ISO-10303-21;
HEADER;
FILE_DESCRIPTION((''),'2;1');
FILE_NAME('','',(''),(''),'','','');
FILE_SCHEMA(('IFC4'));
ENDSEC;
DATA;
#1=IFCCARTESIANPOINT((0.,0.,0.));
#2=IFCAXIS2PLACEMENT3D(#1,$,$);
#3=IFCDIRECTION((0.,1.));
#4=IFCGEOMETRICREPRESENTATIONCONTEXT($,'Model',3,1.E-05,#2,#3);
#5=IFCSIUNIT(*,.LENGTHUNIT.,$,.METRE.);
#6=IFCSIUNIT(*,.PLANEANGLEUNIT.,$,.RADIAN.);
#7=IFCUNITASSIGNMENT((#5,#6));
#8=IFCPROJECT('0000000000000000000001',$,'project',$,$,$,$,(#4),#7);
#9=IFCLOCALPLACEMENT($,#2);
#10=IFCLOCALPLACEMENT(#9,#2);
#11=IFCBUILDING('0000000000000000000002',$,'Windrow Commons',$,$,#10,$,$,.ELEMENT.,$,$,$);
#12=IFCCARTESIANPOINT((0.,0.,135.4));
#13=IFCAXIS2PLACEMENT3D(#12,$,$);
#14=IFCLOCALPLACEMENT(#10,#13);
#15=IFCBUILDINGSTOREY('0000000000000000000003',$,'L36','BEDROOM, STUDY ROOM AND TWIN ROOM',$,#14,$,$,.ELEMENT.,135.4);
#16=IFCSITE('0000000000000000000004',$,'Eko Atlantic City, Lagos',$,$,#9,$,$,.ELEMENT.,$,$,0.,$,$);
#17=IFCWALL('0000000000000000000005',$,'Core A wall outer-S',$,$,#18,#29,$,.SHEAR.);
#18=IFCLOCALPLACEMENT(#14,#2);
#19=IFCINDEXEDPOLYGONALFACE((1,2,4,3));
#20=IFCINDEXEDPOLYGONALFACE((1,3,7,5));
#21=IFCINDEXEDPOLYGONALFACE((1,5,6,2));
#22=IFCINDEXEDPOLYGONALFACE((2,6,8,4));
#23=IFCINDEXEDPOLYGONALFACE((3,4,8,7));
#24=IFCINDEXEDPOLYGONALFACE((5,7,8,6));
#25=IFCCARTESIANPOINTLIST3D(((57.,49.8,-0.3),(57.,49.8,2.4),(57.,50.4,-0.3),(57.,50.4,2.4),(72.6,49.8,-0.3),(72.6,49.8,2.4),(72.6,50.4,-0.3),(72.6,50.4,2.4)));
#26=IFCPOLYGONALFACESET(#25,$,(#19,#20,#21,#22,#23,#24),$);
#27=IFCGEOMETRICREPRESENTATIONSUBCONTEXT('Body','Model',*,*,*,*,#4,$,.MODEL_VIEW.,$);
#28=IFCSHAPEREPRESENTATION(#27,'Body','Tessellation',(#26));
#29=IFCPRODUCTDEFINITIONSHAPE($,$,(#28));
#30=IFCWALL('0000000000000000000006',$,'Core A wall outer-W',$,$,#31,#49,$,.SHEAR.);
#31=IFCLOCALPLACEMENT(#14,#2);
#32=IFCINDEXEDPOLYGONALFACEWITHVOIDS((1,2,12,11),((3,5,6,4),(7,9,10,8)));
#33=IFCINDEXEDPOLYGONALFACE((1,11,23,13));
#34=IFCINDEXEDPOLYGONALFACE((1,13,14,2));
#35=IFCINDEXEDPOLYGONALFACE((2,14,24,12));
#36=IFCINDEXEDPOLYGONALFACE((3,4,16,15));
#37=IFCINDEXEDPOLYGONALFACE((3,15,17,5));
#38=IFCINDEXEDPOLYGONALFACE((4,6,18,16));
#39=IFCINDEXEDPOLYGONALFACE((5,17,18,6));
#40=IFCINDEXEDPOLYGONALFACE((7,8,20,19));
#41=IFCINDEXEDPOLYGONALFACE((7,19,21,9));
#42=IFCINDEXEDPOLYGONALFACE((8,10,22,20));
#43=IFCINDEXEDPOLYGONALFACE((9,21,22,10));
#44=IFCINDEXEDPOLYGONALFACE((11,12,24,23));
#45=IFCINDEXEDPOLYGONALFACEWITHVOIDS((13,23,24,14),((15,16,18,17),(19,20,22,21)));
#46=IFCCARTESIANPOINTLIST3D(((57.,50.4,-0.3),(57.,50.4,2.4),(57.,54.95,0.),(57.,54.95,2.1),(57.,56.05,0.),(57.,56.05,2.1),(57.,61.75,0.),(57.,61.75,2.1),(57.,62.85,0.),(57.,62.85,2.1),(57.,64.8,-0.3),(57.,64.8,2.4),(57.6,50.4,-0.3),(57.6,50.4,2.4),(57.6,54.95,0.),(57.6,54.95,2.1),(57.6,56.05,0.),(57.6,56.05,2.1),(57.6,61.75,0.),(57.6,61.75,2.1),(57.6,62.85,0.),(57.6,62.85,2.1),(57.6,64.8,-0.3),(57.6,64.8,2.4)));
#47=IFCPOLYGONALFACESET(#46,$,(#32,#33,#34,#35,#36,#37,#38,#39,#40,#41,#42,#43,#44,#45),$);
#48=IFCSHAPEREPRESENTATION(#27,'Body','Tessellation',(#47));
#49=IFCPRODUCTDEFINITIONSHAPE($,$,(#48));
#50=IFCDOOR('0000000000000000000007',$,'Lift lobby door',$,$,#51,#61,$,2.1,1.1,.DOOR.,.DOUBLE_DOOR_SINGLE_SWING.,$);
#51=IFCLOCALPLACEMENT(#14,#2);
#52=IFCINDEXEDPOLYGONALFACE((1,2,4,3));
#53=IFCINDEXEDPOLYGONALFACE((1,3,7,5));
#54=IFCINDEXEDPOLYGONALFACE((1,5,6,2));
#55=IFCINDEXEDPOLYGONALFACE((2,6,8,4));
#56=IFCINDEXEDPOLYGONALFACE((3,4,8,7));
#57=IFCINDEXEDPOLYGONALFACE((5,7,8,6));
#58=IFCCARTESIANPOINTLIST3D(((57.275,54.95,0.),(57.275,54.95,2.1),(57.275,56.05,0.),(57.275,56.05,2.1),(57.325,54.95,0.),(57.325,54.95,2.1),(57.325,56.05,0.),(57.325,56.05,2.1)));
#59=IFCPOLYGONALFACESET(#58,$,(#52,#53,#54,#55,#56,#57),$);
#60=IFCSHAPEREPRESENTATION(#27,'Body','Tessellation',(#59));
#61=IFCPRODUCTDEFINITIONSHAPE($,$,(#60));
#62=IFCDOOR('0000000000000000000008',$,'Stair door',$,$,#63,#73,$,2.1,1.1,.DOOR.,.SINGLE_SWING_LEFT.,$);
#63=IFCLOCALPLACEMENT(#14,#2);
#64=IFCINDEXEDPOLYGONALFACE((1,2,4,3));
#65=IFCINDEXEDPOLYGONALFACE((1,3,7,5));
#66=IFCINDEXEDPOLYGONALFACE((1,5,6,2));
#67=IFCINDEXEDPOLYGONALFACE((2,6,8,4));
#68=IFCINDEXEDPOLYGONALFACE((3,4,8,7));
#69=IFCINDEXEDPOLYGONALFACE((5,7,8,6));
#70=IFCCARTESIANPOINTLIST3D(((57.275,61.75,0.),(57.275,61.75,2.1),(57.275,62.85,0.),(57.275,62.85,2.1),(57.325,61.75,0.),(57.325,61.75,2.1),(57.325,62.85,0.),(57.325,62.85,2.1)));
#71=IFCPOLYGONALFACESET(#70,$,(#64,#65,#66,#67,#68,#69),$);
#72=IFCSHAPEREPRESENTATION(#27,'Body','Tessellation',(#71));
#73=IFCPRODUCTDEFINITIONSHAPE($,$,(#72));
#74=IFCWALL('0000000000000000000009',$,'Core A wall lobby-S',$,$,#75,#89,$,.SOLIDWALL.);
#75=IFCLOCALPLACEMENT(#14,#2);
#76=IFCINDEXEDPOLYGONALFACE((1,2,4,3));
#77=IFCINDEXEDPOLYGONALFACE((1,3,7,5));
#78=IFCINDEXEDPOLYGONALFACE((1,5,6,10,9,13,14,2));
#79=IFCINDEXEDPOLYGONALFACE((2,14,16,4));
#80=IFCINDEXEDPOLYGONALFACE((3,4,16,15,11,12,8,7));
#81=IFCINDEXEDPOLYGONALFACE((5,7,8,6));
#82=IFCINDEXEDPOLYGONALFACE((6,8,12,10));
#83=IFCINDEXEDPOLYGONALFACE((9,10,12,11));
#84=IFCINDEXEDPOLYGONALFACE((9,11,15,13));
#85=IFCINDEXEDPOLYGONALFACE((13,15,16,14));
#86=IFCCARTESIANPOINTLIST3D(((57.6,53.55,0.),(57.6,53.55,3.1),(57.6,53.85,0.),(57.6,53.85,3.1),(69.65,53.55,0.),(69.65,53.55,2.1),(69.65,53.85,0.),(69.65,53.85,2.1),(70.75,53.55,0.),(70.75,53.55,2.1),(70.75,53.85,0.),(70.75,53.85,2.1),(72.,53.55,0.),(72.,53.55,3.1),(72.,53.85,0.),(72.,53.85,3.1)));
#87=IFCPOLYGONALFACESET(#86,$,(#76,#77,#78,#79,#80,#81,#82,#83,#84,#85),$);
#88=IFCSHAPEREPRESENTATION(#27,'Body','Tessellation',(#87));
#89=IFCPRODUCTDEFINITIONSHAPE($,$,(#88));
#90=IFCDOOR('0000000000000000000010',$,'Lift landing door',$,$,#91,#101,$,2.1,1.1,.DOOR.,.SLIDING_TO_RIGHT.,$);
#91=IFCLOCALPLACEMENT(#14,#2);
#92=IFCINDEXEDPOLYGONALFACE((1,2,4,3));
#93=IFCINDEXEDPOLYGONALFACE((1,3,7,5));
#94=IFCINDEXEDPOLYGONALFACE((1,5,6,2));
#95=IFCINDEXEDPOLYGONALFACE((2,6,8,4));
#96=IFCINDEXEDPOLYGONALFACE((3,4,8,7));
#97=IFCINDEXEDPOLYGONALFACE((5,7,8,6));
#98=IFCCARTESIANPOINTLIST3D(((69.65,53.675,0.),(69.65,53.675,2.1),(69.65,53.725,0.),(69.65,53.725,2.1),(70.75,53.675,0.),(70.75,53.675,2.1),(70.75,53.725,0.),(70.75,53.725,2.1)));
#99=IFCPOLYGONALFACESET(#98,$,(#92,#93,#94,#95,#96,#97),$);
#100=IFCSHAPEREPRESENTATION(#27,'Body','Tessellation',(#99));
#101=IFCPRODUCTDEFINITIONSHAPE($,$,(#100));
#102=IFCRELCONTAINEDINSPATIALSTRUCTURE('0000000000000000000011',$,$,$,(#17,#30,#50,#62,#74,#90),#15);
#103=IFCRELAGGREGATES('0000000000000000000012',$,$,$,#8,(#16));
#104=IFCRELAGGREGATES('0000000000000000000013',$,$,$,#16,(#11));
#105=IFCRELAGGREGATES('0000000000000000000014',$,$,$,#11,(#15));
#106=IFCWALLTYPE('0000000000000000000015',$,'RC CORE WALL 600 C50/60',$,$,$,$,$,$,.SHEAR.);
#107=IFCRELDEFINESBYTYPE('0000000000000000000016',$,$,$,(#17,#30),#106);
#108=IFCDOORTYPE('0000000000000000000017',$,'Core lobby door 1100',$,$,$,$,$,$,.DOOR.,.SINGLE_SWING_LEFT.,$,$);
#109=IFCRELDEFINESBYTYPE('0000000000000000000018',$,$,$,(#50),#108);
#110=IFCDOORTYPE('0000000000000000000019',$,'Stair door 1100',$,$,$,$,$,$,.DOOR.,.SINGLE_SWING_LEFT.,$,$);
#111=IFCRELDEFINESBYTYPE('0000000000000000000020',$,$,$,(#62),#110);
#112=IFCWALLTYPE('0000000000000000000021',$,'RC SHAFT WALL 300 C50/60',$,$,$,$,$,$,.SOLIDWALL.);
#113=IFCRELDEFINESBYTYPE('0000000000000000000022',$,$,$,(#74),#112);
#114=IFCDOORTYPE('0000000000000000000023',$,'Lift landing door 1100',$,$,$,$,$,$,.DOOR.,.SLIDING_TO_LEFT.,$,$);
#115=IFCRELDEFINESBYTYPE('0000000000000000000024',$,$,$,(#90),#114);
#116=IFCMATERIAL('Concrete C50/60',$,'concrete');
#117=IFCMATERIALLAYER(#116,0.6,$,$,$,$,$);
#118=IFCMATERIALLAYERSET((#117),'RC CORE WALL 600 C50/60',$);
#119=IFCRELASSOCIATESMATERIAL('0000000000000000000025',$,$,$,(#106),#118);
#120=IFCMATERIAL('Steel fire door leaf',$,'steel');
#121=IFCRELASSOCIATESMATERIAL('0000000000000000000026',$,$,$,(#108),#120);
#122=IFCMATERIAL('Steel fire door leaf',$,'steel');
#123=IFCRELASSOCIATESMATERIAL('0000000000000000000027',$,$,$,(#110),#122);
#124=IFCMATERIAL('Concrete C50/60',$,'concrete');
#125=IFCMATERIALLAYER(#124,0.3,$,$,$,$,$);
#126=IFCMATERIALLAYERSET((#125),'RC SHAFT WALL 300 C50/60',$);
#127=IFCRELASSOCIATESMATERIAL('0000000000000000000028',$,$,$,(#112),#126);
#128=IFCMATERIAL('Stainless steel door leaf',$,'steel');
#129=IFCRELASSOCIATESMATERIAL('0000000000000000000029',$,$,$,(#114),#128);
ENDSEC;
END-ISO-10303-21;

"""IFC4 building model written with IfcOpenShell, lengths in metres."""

from ifc_helpers import new_model, si_unit, direction, frame, frame_2d, origin, place, context, subcontext, project, spatial, rectangle, extrude, material, layer, layer_set, type_object, element, fill, save


model = new_model("IFC4")

# Units and contexts
model_context = context("Model", 3, precision=1e-05, world=origin(), true_north=direction((0.0, 1.0)))
body_context = subcontext(model_context, "Body", "Model", "MODEL_VIEW")
ifc_project = project(units=[si_unit("LENGTHUNIT", "METRE"), si_unit("PLANEANGLEUNIT", "RADIAN")], contexts=[model_context])

# Site, building, storey
site_placement = place(None, origin())
site = spatial("IfcSite", under=ifc_project, at=site_placement, Name="Eko Atlantic City, Lagos", CompositionType="ELEMENT", RefElevation=0.0)
building_placement = place(site_placement, origin())
building = spatial("IfcBuilding", under=site, at=building_placement, Name="Windrow Commons", CompositionType="ELEMENT")
storey_placement = place(building_placement, frame((0.0, 0.0, 135.4)))
storey = spatial("IfcBuildingStorey", under=building, at=storey_placement, Name="L36", Description="BEDROOM, STUDY ROOM AND TWIN ROOM", CompositionType="ELEMENT", Elevation=135.4)

# Wall
ifc_material_1 = material(Name="Concrete C50/60", Category="concrete")
ifc_layer_1 = layer(ifc_material_1, 0.6)
ifc_layer_set_1 = layer_set([ifc_layer_1], Name="RC CORE WALL 600 C50/60")
wall_type_1 = type_object("IfcWallType", Name="RC CORE WALL 600 C50/60", PredefinedType="SHEAR", material=ifc_layer_set_1)
wall_1_placement = place(storey_placement, frame((57.0, 50.1, -0.3), z_axis=(0.0, 0.0, 1.0), x_axis=(1.0, 0.0, 0.0)))
element("IfcWall", 1, at=wall_1_placement, inside=storey, type_object=wall_type_1, Name="Core A wall outer-S", PredefinedType="SHEAR", context=body_context, shape_type="SweptSolid", body=[
    extrude(rectangle(XDim=15.6, YDim=0.6, at=frame_2d((7.8, 0.0))), origin(), (0.0, 0.0, 1.0), 2.7),
])

# Wall, openings, doors
wall_2_placement = place(storey_placement, frame((57.3, 50.4, -0.3), z_axis=(0.0, 0.0, 1.0), x_axis=(0.0, 1.0, 0.0)))
wall_2 = element("IfcWall", 2, at=wall_2_placement, inside=storey, type_object=wall_type_1, Name="Core A wall outer-W", PredefinedType="SHEAR", context=body_context, shape_type="SweptSolid", body=[
    extrude(rectangle(XDim=14.4, YDim=0.6, at=frame_2d((7.2, 0.0))), origin(), (0.0, 0.0, 1.0), 2.7),
])
opening_1_placement = place(wall_2_placement, frame((4.55, 0.0, 0.3)))
opening_1 = element("IfcOpeningElement", 3, at=opening_1_placement, cuts=wall_2, PredefinedType="OPENING", context=body_context, shape_type="SweptSolid", body=[
    extrude(rectangle(XDim=1.1, YDim=2.1, at=frame_2d((0.55, 1.05))), frame((0.0, 0.31, 0.0), z_axis=(0.0, -1.0, 0.0), x_axis=(1.0, 0.0, 0.0)), (0.0, 0.0, 1.0), 0.62),
])
opening_2_placement = place(wall_2_placement, frame((11.35, 0.0, 0.3)))
opening_2 = element("IfcOpeningElement", 4, at=opening_2_placement, cuts=wall_2, PredefinedType="OPENING", context=body_context, shape_type="SweptSolid", body=[
    extrude(rectangle(XDim=1.1, YDim=2.1, at=frame_2d((0.55, 1.05))), frame((0.0, 0.31, 0.0), z_axis=(0.0, -1.0, 0.0), x_axis=(1.0, 0.0, 0.0)), (0.0, 0.0, 1.0), 0.62),
])
ifc_material_2 = material(Name="Steel fire door leaf", Category="steel")
door_type_1 = type_object("IfcDoorType", Name="Core lobby door 1100", OperationType="SINGLE_SWING_LEFT", PredefinedType="DOOR", material=ifc_material_2)
door_1_placement = place(opening_1_placement, origin())
door_1 = element("IfcDoor", 5, at=door_1_placement, inside=storey, type_object=door_type_1, Name="Lift lobby door", OperationType="DOUBLE_DOOR_SINGLE_SWING", OverallHeight=2.1, OverallWidth=1.1, PredefinedType="DOOR", context=body_context, shape_type="SweptSolid", body=[
    extrude(rectangle(XDim=1.1, YDim=2.1, at=frame_2d((0.55, 1.05))), frame((0.0, 0.025, 0.0), z_axis=(0.0, -1.0, 0.0), x_axis=(1.0, 0.0, 0.0)), (0.0, 0.0, 1.0), 0.05),
])
fill(opening_1, door_1)
ifc_material_3 = material(Name="Steel fire door leaf", Category="steel")
door_type_2 = type_object("IfcDoorType", Name="Stair door 1100", OperationType="SINGLE_SWING_LEFT", PredefinedType="DOOR", material=ifc_material_3)
door_2_placement = place(opening_2_placement, origin())
door_2 = element("IfcDoor", 6, at=door_2_placement, inside=storey, type_object=door_type_2, Name="Stair door", OperationType="SINGLE_SWING_LEFT", OverallHeight=2.1, OverallWidth=1.1, PredefinedType="DOOR", context=body_context, shape_type="SweptSolid", body=[
    extrude(rectangle(XDim=1.1, YDim=2.1, at=frame_2d((0.55, 1.05))), frame((0.0, 0.025, 0.0), z_axis=(0.0, -1.0, 0.0), x_axis=(1.0, 0.0, 0.0)), (0.0, 0.0, 1.0), 0.05),
])
fill(opening_2, door_2)

# Wall, opening, door
ifc_material_4 = material(Name="Concrete C50/60", Category="concrete")
ifc_layer_2 = layer(ifc_material_4, 0.3)
ifc_layer_set_2 = layer_set([ifc_layer_2], Name="RC SHAFT WALL 300 C50/60")
wall_type_2 = type_object("IfcWallType", Name="RC SHAFT WALL 300 C50/60", PredefinedType="SOLIDWALL", material=ifc_layer_set_2)
wall_3_placement = place(storey_placement, frame((57.6, 53.7, 0.0), z_axis=(0.0, 0.0, 1.0), x_axis=(1.0, 0.0, 0.0)))
wall_3 = element("IfcWall", 7, at=wall_3_placement, inside=storey, type_object=wall_type_2, Name="Core A wall lobby-S", PredefinedType="SOLIDWALL", context=body_context, shape_type="SweptSolid", body=[
    extrude(rectangle(XDim=14.4, YDim=0.3, at=frame_2d((7.2, 0.0))), origin(), (0.0, 0.0, 1.0), 3.1),
])
opening_3_placement = place(wall_3_placement, frame((12.05, 0.0, 0.0)))
opening_3 = element("IfcOpeningElement", 8, at=opening_3_placement, cuts=wall_3, PredefinedType="OPENING", context=body_context, shape_type="SweptSolid", body=[
    extrude(rectangle(XDim=1.1, YDim=2.1, at=frame_2d((0.55, 1.05))), frame((0.0, 0.16, 0.0), z_axis=(0.0, -1.0, 0.0), x_axis=(1.0, 0.0, 0.0)), (0.0, 0.0, 1.0), 0.32),
])
ifc_material_5 = material(Name="Stainless steel door leaf", Category="steel")
door_type_3 = type_object("IfcDoorType", Name="Lift landing door 1100", OperationType="SLIDING_TO_LEFT", PredefinedType="DOOR", material=ifc_material_5)
door_3_placement = place(opening_3_placement, origin())
door_3 = element("IfcDoor", 9, at=door_3_placement, inside=storey, type_object=door_type_3, Name="Lift landing door", OperationType="SLIDING_TO_RIGHT", OverallHeight=2.1, OverallWidth=1.1, PredefinedType="DOOR", context=body_context, shape_type="SweptSolid", body=[
    extrude(rectangle(XDim=1.1, YDim=2.1, at=frame_2d((0.55, 1.05))), frame((0.0, 0.025, 0.0), z_axis=(0.0, -1.0, 0.0), x_axis=(1.0, 0.0, 0.0)), (0.0, 0.0, 1.0), 0.05),
])
fill(opening_3, door_3)

save(model, "model.ifc")
